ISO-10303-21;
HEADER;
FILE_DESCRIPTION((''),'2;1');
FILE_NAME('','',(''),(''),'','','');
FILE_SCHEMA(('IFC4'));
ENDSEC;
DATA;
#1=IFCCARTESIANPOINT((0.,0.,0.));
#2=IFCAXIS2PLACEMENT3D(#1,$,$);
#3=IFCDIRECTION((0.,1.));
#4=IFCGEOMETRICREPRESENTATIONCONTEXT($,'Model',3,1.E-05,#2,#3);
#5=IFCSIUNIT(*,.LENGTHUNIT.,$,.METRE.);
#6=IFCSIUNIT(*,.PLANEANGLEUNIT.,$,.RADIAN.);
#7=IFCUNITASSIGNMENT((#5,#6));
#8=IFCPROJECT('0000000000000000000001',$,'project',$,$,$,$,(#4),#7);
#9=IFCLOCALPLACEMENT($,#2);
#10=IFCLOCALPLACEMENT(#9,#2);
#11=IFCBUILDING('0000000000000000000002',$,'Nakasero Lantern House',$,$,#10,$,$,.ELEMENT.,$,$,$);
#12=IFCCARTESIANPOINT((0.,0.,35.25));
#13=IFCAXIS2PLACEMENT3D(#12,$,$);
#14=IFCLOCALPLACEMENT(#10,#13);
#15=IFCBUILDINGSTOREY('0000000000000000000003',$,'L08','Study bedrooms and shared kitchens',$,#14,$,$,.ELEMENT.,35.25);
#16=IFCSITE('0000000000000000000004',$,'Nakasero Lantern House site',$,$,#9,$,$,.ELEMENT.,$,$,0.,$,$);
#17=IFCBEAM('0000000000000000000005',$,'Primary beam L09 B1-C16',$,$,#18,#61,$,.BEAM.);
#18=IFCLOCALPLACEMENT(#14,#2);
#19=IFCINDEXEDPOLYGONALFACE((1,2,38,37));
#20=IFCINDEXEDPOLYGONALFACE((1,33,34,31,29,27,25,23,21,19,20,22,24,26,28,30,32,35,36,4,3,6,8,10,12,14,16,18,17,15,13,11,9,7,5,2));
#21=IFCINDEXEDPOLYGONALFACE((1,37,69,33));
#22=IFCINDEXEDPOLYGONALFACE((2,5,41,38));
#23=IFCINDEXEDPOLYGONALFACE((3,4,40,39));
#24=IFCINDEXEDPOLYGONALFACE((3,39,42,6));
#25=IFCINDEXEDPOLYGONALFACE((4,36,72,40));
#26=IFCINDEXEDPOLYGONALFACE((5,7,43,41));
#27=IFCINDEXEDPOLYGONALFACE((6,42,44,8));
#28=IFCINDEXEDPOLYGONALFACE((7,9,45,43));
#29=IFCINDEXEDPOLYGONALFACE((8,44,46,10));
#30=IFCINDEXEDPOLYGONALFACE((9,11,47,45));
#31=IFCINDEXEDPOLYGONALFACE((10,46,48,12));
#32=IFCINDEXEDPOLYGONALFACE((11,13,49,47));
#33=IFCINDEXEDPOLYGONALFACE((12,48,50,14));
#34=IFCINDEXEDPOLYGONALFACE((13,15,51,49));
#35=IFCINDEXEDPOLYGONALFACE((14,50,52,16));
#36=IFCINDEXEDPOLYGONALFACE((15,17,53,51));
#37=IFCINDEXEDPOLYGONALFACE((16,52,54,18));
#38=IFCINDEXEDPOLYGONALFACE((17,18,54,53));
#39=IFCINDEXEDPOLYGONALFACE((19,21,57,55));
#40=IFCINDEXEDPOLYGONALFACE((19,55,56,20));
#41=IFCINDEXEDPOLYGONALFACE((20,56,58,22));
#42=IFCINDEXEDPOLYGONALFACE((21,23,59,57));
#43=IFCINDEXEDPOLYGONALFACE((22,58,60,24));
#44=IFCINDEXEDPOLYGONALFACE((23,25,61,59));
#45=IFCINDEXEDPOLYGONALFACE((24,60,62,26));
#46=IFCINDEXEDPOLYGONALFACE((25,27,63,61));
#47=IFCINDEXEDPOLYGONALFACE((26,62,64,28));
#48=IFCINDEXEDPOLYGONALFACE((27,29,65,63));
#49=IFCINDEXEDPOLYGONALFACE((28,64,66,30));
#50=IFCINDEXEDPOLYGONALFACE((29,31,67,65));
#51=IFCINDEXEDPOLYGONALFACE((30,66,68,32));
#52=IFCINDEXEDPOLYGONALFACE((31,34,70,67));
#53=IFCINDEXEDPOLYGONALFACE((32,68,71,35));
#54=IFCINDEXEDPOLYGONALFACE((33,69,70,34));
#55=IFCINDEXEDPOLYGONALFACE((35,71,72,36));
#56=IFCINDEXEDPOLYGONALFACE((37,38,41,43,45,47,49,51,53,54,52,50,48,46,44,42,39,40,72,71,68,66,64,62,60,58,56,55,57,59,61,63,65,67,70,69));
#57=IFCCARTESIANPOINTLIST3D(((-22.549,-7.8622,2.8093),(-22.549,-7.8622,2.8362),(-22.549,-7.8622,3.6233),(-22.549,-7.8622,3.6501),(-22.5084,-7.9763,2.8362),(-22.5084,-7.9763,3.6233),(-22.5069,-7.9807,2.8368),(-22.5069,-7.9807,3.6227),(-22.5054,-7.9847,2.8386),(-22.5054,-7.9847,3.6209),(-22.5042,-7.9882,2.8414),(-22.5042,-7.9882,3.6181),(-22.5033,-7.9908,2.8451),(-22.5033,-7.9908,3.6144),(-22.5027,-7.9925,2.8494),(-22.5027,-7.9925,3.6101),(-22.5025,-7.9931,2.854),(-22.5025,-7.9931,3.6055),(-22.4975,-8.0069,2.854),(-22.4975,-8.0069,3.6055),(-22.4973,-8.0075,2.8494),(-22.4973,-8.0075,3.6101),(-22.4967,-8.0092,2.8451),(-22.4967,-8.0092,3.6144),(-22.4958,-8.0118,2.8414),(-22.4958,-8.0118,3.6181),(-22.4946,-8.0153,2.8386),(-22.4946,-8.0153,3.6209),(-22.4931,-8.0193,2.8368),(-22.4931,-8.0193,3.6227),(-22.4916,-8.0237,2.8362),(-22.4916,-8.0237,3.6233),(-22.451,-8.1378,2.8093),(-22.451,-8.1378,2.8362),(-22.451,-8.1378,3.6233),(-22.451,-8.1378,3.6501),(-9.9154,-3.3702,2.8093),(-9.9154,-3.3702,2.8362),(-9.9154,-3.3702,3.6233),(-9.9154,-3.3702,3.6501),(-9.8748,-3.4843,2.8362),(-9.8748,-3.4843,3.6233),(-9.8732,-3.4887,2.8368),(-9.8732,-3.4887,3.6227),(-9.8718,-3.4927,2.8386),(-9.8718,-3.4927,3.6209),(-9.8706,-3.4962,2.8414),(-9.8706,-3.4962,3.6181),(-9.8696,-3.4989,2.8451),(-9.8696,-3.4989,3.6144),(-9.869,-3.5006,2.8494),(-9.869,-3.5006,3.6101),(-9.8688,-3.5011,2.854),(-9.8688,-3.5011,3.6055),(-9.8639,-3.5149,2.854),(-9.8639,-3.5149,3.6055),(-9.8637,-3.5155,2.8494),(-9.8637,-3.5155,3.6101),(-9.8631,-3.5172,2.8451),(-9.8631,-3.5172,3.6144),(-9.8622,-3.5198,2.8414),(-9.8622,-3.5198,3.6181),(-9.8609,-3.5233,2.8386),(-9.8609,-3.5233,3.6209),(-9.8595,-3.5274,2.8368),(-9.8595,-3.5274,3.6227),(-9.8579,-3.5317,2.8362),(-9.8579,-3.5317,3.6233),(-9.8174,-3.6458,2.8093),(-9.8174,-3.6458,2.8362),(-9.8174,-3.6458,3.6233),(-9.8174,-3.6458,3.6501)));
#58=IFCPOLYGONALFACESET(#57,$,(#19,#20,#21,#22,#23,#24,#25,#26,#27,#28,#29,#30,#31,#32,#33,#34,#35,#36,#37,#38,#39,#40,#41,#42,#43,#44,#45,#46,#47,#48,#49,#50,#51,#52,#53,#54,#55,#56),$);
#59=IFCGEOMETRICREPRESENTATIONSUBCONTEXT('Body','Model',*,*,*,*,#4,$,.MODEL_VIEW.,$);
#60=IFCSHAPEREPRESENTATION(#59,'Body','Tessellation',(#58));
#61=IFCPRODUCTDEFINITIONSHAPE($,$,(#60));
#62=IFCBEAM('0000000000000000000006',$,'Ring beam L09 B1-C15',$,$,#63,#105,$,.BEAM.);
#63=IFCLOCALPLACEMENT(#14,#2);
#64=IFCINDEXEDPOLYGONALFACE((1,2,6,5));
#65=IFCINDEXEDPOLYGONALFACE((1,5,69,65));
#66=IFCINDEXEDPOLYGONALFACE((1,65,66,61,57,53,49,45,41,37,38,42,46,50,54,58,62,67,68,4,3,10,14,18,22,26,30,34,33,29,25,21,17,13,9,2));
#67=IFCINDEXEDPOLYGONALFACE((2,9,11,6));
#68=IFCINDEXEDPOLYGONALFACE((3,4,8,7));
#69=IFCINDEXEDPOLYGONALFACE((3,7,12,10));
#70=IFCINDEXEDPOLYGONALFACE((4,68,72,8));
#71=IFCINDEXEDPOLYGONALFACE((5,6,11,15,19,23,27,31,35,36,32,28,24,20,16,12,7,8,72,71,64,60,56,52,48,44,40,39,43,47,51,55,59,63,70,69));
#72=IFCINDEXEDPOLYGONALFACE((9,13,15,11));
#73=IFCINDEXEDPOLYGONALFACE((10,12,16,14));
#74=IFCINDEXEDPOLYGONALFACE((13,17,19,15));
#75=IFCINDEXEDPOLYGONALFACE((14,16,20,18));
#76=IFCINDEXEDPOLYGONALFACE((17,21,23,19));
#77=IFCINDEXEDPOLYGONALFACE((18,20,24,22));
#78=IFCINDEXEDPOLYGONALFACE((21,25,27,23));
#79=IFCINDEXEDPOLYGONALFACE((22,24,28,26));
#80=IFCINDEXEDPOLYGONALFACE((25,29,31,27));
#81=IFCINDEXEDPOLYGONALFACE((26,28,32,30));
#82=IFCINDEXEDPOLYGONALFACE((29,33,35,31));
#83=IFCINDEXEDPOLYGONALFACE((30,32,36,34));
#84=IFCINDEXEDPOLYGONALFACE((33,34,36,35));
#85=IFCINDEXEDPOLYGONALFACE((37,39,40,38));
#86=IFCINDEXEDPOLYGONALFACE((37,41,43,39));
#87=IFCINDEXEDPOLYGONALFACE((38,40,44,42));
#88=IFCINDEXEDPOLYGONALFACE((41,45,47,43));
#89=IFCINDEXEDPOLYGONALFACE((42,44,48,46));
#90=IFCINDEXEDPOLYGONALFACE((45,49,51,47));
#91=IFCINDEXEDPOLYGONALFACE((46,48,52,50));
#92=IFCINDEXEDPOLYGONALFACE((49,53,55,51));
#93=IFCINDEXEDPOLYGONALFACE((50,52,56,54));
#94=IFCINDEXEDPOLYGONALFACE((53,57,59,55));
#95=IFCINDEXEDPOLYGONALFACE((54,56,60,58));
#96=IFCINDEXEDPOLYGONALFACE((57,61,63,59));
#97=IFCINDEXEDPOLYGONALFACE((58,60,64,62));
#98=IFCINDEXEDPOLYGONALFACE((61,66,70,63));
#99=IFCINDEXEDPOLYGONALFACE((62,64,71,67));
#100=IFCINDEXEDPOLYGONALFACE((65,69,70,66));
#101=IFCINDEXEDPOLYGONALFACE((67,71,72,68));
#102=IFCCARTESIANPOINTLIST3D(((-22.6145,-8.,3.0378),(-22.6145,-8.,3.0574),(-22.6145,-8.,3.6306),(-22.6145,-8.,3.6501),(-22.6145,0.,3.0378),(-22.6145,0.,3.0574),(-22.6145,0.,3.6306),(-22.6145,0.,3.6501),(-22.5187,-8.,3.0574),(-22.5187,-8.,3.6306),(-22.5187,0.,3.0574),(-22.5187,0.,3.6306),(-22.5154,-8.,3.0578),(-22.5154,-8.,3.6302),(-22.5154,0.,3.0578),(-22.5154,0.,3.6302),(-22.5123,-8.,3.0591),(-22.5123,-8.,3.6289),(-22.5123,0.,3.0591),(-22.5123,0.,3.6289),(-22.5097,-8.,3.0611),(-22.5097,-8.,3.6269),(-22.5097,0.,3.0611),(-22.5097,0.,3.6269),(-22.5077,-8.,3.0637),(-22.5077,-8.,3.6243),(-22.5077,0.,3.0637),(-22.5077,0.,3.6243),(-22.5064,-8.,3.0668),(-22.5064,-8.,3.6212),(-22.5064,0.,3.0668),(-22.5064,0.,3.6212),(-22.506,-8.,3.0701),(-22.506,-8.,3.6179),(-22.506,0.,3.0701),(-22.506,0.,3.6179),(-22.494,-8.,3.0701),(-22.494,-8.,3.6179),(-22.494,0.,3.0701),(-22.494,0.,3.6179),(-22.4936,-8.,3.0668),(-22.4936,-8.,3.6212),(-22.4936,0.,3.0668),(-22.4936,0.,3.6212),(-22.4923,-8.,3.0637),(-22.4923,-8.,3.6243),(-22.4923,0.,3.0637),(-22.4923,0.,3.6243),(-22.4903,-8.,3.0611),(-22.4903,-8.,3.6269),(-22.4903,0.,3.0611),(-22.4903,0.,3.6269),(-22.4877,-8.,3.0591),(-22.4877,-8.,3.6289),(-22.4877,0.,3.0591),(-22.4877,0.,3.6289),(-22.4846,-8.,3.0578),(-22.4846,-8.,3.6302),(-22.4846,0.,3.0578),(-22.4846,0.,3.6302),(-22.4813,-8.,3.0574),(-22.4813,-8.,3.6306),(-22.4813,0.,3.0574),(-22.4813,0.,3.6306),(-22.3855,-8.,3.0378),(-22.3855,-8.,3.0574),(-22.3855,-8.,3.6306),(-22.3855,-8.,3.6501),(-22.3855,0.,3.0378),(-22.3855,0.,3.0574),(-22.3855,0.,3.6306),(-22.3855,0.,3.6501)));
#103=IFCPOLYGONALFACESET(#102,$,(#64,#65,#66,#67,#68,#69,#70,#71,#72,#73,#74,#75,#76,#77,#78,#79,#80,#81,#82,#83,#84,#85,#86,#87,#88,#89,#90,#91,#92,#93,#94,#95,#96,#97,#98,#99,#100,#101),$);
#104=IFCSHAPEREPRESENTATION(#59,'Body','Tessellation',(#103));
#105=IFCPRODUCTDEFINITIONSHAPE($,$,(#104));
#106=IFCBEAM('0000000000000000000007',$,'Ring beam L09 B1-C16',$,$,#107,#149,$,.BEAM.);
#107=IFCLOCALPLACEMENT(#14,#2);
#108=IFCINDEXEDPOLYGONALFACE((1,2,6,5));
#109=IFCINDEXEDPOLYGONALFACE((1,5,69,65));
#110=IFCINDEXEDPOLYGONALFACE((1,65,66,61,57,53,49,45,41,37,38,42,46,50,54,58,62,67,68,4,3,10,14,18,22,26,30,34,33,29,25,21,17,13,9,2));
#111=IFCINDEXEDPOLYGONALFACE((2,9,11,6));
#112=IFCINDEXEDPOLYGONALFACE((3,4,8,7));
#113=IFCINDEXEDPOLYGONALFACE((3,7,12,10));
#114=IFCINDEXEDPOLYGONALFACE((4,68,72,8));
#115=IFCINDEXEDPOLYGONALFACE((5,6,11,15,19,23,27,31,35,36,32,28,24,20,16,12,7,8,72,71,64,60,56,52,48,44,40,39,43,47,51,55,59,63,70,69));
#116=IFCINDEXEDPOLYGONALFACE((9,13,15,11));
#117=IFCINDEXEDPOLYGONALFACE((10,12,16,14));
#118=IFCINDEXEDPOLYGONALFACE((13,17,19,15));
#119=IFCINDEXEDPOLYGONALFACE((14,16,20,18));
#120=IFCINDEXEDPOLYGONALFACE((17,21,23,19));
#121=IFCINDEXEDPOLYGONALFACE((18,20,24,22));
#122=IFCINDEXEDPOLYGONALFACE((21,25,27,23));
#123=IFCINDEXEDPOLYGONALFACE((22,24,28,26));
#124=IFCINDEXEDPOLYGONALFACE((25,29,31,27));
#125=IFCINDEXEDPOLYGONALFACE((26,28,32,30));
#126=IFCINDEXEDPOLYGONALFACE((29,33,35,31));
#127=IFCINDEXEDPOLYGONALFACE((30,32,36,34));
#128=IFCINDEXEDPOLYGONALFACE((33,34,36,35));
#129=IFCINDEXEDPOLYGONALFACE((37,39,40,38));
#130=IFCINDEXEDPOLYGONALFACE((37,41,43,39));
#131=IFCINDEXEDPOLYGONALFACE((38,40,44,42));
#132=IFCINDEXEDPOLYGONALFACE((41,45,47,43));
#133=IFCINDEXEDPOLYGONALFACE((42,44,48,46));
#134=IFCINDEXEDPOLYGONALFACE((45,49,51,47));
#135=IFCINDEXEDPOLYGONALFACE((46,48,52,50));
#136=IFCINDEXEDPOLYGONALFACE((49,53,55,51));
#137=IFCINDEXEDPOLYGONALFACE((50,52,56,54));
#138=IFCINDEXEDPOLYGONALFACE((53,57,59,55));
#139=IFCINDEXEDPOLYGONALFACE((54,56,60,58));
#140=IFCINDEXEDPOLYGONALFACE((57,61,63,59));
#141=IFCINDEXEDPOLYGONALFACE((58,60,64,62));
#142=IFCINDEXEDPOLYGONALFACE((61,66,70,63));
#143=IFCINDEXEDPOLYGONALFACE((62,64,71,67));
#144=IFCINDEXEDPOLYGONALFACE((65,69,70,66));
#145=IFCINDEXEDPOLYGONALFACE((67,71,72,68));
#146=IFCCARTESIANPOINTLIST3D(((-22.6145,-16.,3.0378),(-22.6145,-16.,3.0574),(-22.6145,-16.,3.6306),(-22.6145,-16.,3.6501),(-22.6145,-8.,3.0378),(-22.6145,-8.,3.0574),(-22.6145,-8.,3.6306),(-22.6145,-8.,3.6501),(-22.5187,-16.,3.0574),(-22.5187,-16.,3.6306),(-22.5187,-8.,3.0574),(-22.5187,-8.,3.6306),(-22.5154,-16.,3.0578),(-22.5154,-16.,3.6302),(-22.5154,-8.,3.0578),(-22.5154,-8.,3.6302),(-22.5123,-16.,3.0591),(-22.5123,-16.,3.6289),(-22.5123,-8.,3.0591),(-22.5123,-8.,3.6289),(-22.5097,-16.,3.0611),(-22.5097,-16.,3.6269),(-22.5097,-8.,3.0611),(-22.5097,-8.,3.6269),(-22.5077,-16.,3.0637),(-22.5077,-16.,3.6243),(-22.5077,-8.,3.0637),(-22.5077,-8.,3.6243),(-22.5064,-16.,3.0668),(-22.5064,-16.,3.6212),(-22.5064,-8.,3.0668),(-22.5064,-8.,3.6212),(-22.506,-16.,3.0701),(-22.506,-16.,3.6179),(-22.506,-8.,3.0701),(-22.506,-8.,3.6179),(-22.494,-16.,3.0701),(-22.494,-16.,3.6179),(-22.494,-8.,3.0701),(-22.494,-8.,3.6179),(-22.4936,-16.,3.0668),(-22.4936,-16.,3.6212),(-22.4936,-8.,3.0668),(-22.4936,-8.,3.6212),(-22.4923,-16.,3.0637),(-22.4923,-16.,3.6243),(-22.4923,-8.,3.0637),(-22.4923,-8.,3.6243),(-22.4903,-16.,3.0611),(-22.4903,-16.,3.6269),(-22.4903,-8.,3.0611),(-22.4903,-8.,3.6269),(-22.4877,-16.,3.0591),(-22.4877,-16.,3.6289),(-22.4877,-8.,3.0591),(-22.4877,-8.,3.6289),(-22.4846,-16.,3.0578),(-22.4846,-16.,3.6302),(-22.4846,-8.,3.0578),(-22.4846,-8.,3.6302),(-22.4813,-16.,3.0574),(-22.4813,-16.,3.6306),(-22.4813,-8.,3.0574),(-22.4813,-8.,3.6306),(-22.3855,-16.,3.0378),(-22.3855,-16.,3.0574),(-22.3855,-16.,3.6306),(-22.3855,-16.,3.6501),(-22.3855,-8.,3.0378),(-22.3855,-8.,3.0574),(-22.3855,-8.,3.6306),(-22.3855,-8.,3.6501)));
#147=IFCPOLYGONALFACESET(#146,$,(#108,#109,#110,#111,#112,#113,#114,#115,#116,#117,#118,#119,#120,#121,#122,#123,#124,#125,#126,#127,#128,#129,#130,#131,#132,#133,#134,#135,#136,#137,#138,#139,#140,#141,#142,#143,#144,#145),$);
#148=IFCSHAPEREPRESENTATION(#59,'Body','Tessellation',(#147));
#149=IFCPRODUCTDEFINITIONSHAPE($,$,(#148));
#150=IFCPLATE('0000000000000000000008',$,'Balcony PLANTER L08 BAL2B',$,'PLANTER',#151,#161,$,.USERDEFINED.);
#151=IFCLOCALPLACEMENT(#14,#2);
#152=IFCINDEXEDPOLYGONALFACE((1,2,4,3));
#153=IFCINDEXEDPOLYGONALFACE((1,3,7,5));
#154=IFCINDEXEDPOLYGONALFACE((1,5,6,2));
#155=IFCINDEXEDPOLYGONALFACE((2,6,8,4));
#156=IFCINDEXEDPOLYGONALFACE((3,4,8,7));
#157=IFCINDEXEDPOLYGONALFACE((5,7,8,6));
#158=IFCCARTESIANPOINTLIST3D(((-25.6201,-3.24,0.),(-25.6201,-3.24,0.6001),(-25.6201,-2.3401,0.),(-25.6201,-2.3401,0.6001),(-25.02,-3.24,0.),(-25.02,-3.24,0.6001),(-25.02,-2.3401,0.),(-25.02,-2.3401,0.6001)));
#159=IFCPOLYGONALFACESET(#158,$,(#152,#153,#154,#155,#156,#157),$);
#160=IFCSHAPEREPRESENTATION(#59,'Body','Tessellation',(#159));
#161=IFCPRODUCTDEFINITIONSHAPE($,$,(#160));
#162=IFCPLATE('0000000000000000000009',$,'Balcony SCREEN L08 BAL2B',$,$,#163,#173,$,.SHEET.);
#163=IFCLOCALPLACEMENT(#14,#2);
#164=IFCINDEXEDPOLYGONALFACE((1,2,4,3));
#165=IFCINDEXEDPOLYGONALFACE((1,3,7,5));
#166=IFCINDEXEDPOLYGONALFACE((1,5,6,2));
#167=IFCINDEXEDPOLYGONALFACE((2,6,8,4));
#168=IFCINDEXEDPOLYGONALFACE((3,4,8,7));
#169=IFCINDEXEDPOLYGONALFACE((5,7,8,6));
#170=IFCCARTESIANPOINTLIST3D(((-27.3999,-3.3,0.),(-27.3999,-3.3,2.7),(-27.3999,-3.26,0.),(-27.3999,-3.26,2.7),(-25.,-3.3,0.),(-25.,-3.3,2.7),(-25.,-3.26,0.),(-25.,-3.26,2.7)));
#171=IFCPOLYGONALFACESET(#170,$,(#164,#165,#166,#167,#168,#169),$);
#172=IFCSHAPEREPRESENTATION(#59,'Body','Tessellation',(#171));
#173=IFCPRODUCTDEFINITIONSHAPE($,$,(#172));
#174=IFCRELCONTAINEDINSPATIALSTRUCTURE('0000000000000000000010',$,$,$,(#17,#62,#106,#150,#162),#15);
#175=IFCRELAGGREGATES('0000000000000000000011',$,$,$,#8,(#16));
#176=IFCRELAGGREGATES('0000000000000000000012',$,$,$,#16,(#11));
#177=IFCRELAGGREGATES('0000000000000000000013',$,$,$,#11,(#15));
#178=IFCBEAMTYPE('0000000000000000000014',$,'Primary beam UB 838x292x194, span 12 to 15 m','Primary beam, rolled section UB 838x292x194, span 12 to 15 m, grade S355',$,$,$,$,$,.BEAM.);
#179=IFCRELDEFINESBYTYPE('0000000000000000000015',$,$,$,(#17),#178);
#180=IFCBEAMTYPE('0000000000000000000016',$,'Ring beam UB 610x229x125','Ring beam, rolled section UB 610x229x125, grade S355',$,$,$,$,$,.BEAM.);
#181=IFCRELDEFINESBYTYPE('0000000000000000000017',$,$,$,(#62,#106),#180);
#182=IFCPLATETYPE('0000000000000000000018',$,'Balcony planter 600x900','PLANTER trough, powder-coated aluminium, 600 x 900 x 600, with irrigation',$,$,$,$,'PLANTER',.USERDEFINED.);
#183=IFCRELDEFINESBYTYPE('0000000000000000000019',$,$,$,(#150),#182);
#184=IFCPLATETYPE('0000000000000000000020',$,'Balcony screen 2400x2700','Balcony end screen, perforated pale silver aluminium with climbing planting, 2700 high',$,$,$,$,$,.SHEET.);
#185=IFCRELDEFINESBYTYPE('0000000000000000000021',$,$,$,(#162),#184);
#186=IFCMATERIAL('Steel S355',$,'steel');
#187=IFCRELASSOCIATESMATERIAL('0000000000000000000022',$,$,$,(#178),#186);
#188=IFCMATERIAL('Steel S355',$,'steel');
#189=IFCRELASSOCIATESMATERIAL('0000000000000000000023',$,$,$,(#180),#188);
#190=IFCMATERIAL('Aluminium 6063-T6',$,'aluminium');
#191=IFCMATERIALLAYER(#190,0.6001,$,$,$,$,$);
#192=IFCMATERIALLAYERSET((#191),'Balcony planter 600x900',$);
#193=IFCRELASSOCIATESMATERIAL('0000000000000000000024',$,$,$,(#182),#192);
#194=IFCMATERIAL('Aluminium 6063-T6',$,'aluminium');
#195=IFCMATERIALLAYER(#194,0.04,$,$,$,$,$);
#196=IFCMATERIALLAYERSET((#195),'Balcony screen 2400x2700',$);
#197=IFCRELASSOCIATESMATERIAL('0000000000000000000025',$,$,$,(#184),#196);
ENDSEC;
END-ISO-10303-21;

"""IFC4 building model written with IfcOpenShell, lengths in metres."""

from ifc_helpers import new_model, si_unit, direction, frame, origin, origin_2d, place, context, subcontext, project, spatial, rectangle, i_section, extrude, material, layer, layer_set, material_profile, profile_set, type_object, element, save


model = new_model("IFC4")

# Units and contexts
model_context = context("Model", 3, precision=1e-05, world=origin(), true_north=direction((0.0, 1.0)))
body_context = subcontext(model_context, "Body", "Model", "MODEL_VIEW")
ifc_project = project(units=[si_unit("LENGTHUNIT", "METRE"), si_unit("PLANEANGLEUNIT", "RADIAN")], contexts=[model_context])

# Site, building, storey
site_placement = place(None, origin())
site = spatial("IfcSite", under=ifc_project, at=site_placement, Name="Nakasero Lantern House site", CompositionType="ELEMENT", RefElevation=0.0)
building_placement = place(site_placement, origin())
building = spatial("IfcBuilding", under=site, at=building_placement, Name="Nakasero Lantern House", CompositionType="ELEMENT")
storey_placement = place(building_placement, frame((0.0, 0.0, 35.25)))
storey = spatial("IfcBuildingStorey", under=building, at=storey_placement, Name="L08", Description="Study bedrooms and shared kitchens", CompositionType="ELEMENT", Elevation=35.25)

# Beams
ifc_material_1 = material(Name="Steel S355", Category="steel")
ifc_material_profile_1 = material_profile(ifc_material_1, i_section(OverallWidth=0.2925, OverallDepth=0.8408, WebThickness=0.0146, FlangeThickness=0.0269, FilletRadius=0.0178, at=origin_2d()), Name="UB 838x292x194")
ifc_profile_set_1 = profile_set([ifc_material_profile_1], Name="Steel S355")
beam_type_1 = type_object("IfcBeamType", Name="Primary beam UB 838x292x194, span 12 to 15 m", Description="Primary beam, rolled section UB 838x292x194, span 12 to 15 m, grade S355", PredefinedType="BEAM", material=ifc_profile_set_1)
beam_1_placement = place(storey_placement, frame((-22.5, -8.0, 3.2297), z_axis=(0.942214, 0.335011, 0.0), x_axis=(-0.335011, 0.942214, 0.0)))
element("IfcBeam", 1, at=beam_1_placement, inside=storey, type_object=beam_type_1, Name="Primary beam L09 B1-C16", PredefinedType="BEAM", context=body_context, shape_type="SweptSolid", body=[
    extrude(i_section(OverallWidth=0.2925, OverallDepth=0.8408, WebThickness=0.0146, FlangeThickness=0.0269, FilletRadius=0.0178, at=origin_2d()), origin(), (0.0, 0.0, 1.0), 13.4084),
])
ifc_material_2 = material(Name="Steel S355", Category="steel")
ifc_material_profile_2 = material_profile(ifc_material_2, i_section(OverallWidth=0.229, OverallDepth=0.6123, WebThickness=0.012, FlangeThickness=0.0195, FilletRadius=0.0127, at=origin_2d()), Name="UB 610x229x125")
ifc_profile_set_2 = profile_set([ifc_material_profile_2], Name="Steel S355")
beam_type_2 = type_object("IfcBeamType", Name="Ring beam UB 610x229x125", Description="Ring beam, rolled section UB 610x229x125, grade S355", PredefinedType="BEAM", material=ifc_profile_set_2)
for number, where, z_axis, x_axis, name in (
    (2, (-22.5, 0.0, 3.344), (0.0, -1.0, 0.0), (1.0, 0.0, 0.0), "Ring beam L09 B1-C15"),
    (3, (-22.5, -8.0, 3.344), (0.0, -1.0, 0.0), (1.0, 0.0, 0.0), "Ring beam L09 B1-C16"),
):
    element("IfcBeam", number, at=place(storey_placement, frame(where, z_axis=z_axis, x_axis=x_axis)), inside=storey, type_object=beam_type_2, Name=name, PredefinedType="BEAM", context=body_context, shape_type="SweptSolid", body=[
        extrude(i_section(OverallWidth=0.229, OverallDepth=0.6123, WebThickness=0.012, FlangeThickness=0.0195, FilletRadius=0.0127, at=origin_2d()), origin(), (0.0, 0.0, 1.0), 8.0),
    ])

# Plates
ifc_material_3 = material(Name="Aluminium 6063-T6", Category="aluminium")
ifc_layer_1 = layer(ifc_material_3, 0.6001)
ifc_layer_set_1 = layer_set([ifc_layer_1], Name="Balcony planter 600x900")
plate_type_1 = type_object("IfcPlateType", Name="Balcony planter 600x900", Description="PLANTER trough, powder-coated aluminium, 600 x 900 x 600, with irrigation", ElementType="PLANTER", PredefinedType="USERDEFINED", material=ifc_layer_set_1)
plate_1_placement = place(storey_placement, frame((-25.3201, -2.79, 0.0), z_axis=(0.0, 0.0, 1.0), x_axis=(-1.0, 0.0, 0.0)))
element("IfcPlate", 4, at=plate_1_placement, inside=storey, type_object=plate_type_1, Name="Balcony PLANTER L08 BAL2B", ObjectType="PLANTER", PredefinedType="USERDEFINED", context=body_context, shape_type="SweptSolid", body=[
    extrude(rectangle(XDim=0.6001, YDim=0.8999, at=origin_2d()), origin(), (0.0, 0.0, 1.0), 0.6001),
])
ifc_material_4 = material(Name="Aluminium 6063-T6", Category="aluminium")
ifc_layer_2 = layer(ifc_material_4, 0.04)
ifc_layer_set_2 = layer_set([ifc_layer_2], Name="Balcony screen 2400x2700")
plate_type_2 = type_object("IfcPlateType", Name="Balcony screen 2400x2700", Description="Balcony end screen, perforated pale silver aluminium with climbing planting, 2700 high", PredefinedType="SHEET", material=ifc_layer_set_2)
plate_2_placement = place(storey_placement, frame((-26.2, -3.28, 0.0), z_axis=(0.0, 0.0, 1.0), x_axis=(-1.0, 0.0, 0.0)))
element("IfcPlate", 5, at=plate_2_placement, inside=storey, type_object=plate_type_2, Name="Balcony SCREEN L08 BAL2B", PredefinedType="SHEET", context=body_context, shape_type="SweptSolid", body=[
    extrude(rectangle(XDim=2.3999, YDim=0.04, at=origin_2d()), origin(), (0.0, 0.0, 1.0), 2.7),
])

save(model, "model.ifc")
